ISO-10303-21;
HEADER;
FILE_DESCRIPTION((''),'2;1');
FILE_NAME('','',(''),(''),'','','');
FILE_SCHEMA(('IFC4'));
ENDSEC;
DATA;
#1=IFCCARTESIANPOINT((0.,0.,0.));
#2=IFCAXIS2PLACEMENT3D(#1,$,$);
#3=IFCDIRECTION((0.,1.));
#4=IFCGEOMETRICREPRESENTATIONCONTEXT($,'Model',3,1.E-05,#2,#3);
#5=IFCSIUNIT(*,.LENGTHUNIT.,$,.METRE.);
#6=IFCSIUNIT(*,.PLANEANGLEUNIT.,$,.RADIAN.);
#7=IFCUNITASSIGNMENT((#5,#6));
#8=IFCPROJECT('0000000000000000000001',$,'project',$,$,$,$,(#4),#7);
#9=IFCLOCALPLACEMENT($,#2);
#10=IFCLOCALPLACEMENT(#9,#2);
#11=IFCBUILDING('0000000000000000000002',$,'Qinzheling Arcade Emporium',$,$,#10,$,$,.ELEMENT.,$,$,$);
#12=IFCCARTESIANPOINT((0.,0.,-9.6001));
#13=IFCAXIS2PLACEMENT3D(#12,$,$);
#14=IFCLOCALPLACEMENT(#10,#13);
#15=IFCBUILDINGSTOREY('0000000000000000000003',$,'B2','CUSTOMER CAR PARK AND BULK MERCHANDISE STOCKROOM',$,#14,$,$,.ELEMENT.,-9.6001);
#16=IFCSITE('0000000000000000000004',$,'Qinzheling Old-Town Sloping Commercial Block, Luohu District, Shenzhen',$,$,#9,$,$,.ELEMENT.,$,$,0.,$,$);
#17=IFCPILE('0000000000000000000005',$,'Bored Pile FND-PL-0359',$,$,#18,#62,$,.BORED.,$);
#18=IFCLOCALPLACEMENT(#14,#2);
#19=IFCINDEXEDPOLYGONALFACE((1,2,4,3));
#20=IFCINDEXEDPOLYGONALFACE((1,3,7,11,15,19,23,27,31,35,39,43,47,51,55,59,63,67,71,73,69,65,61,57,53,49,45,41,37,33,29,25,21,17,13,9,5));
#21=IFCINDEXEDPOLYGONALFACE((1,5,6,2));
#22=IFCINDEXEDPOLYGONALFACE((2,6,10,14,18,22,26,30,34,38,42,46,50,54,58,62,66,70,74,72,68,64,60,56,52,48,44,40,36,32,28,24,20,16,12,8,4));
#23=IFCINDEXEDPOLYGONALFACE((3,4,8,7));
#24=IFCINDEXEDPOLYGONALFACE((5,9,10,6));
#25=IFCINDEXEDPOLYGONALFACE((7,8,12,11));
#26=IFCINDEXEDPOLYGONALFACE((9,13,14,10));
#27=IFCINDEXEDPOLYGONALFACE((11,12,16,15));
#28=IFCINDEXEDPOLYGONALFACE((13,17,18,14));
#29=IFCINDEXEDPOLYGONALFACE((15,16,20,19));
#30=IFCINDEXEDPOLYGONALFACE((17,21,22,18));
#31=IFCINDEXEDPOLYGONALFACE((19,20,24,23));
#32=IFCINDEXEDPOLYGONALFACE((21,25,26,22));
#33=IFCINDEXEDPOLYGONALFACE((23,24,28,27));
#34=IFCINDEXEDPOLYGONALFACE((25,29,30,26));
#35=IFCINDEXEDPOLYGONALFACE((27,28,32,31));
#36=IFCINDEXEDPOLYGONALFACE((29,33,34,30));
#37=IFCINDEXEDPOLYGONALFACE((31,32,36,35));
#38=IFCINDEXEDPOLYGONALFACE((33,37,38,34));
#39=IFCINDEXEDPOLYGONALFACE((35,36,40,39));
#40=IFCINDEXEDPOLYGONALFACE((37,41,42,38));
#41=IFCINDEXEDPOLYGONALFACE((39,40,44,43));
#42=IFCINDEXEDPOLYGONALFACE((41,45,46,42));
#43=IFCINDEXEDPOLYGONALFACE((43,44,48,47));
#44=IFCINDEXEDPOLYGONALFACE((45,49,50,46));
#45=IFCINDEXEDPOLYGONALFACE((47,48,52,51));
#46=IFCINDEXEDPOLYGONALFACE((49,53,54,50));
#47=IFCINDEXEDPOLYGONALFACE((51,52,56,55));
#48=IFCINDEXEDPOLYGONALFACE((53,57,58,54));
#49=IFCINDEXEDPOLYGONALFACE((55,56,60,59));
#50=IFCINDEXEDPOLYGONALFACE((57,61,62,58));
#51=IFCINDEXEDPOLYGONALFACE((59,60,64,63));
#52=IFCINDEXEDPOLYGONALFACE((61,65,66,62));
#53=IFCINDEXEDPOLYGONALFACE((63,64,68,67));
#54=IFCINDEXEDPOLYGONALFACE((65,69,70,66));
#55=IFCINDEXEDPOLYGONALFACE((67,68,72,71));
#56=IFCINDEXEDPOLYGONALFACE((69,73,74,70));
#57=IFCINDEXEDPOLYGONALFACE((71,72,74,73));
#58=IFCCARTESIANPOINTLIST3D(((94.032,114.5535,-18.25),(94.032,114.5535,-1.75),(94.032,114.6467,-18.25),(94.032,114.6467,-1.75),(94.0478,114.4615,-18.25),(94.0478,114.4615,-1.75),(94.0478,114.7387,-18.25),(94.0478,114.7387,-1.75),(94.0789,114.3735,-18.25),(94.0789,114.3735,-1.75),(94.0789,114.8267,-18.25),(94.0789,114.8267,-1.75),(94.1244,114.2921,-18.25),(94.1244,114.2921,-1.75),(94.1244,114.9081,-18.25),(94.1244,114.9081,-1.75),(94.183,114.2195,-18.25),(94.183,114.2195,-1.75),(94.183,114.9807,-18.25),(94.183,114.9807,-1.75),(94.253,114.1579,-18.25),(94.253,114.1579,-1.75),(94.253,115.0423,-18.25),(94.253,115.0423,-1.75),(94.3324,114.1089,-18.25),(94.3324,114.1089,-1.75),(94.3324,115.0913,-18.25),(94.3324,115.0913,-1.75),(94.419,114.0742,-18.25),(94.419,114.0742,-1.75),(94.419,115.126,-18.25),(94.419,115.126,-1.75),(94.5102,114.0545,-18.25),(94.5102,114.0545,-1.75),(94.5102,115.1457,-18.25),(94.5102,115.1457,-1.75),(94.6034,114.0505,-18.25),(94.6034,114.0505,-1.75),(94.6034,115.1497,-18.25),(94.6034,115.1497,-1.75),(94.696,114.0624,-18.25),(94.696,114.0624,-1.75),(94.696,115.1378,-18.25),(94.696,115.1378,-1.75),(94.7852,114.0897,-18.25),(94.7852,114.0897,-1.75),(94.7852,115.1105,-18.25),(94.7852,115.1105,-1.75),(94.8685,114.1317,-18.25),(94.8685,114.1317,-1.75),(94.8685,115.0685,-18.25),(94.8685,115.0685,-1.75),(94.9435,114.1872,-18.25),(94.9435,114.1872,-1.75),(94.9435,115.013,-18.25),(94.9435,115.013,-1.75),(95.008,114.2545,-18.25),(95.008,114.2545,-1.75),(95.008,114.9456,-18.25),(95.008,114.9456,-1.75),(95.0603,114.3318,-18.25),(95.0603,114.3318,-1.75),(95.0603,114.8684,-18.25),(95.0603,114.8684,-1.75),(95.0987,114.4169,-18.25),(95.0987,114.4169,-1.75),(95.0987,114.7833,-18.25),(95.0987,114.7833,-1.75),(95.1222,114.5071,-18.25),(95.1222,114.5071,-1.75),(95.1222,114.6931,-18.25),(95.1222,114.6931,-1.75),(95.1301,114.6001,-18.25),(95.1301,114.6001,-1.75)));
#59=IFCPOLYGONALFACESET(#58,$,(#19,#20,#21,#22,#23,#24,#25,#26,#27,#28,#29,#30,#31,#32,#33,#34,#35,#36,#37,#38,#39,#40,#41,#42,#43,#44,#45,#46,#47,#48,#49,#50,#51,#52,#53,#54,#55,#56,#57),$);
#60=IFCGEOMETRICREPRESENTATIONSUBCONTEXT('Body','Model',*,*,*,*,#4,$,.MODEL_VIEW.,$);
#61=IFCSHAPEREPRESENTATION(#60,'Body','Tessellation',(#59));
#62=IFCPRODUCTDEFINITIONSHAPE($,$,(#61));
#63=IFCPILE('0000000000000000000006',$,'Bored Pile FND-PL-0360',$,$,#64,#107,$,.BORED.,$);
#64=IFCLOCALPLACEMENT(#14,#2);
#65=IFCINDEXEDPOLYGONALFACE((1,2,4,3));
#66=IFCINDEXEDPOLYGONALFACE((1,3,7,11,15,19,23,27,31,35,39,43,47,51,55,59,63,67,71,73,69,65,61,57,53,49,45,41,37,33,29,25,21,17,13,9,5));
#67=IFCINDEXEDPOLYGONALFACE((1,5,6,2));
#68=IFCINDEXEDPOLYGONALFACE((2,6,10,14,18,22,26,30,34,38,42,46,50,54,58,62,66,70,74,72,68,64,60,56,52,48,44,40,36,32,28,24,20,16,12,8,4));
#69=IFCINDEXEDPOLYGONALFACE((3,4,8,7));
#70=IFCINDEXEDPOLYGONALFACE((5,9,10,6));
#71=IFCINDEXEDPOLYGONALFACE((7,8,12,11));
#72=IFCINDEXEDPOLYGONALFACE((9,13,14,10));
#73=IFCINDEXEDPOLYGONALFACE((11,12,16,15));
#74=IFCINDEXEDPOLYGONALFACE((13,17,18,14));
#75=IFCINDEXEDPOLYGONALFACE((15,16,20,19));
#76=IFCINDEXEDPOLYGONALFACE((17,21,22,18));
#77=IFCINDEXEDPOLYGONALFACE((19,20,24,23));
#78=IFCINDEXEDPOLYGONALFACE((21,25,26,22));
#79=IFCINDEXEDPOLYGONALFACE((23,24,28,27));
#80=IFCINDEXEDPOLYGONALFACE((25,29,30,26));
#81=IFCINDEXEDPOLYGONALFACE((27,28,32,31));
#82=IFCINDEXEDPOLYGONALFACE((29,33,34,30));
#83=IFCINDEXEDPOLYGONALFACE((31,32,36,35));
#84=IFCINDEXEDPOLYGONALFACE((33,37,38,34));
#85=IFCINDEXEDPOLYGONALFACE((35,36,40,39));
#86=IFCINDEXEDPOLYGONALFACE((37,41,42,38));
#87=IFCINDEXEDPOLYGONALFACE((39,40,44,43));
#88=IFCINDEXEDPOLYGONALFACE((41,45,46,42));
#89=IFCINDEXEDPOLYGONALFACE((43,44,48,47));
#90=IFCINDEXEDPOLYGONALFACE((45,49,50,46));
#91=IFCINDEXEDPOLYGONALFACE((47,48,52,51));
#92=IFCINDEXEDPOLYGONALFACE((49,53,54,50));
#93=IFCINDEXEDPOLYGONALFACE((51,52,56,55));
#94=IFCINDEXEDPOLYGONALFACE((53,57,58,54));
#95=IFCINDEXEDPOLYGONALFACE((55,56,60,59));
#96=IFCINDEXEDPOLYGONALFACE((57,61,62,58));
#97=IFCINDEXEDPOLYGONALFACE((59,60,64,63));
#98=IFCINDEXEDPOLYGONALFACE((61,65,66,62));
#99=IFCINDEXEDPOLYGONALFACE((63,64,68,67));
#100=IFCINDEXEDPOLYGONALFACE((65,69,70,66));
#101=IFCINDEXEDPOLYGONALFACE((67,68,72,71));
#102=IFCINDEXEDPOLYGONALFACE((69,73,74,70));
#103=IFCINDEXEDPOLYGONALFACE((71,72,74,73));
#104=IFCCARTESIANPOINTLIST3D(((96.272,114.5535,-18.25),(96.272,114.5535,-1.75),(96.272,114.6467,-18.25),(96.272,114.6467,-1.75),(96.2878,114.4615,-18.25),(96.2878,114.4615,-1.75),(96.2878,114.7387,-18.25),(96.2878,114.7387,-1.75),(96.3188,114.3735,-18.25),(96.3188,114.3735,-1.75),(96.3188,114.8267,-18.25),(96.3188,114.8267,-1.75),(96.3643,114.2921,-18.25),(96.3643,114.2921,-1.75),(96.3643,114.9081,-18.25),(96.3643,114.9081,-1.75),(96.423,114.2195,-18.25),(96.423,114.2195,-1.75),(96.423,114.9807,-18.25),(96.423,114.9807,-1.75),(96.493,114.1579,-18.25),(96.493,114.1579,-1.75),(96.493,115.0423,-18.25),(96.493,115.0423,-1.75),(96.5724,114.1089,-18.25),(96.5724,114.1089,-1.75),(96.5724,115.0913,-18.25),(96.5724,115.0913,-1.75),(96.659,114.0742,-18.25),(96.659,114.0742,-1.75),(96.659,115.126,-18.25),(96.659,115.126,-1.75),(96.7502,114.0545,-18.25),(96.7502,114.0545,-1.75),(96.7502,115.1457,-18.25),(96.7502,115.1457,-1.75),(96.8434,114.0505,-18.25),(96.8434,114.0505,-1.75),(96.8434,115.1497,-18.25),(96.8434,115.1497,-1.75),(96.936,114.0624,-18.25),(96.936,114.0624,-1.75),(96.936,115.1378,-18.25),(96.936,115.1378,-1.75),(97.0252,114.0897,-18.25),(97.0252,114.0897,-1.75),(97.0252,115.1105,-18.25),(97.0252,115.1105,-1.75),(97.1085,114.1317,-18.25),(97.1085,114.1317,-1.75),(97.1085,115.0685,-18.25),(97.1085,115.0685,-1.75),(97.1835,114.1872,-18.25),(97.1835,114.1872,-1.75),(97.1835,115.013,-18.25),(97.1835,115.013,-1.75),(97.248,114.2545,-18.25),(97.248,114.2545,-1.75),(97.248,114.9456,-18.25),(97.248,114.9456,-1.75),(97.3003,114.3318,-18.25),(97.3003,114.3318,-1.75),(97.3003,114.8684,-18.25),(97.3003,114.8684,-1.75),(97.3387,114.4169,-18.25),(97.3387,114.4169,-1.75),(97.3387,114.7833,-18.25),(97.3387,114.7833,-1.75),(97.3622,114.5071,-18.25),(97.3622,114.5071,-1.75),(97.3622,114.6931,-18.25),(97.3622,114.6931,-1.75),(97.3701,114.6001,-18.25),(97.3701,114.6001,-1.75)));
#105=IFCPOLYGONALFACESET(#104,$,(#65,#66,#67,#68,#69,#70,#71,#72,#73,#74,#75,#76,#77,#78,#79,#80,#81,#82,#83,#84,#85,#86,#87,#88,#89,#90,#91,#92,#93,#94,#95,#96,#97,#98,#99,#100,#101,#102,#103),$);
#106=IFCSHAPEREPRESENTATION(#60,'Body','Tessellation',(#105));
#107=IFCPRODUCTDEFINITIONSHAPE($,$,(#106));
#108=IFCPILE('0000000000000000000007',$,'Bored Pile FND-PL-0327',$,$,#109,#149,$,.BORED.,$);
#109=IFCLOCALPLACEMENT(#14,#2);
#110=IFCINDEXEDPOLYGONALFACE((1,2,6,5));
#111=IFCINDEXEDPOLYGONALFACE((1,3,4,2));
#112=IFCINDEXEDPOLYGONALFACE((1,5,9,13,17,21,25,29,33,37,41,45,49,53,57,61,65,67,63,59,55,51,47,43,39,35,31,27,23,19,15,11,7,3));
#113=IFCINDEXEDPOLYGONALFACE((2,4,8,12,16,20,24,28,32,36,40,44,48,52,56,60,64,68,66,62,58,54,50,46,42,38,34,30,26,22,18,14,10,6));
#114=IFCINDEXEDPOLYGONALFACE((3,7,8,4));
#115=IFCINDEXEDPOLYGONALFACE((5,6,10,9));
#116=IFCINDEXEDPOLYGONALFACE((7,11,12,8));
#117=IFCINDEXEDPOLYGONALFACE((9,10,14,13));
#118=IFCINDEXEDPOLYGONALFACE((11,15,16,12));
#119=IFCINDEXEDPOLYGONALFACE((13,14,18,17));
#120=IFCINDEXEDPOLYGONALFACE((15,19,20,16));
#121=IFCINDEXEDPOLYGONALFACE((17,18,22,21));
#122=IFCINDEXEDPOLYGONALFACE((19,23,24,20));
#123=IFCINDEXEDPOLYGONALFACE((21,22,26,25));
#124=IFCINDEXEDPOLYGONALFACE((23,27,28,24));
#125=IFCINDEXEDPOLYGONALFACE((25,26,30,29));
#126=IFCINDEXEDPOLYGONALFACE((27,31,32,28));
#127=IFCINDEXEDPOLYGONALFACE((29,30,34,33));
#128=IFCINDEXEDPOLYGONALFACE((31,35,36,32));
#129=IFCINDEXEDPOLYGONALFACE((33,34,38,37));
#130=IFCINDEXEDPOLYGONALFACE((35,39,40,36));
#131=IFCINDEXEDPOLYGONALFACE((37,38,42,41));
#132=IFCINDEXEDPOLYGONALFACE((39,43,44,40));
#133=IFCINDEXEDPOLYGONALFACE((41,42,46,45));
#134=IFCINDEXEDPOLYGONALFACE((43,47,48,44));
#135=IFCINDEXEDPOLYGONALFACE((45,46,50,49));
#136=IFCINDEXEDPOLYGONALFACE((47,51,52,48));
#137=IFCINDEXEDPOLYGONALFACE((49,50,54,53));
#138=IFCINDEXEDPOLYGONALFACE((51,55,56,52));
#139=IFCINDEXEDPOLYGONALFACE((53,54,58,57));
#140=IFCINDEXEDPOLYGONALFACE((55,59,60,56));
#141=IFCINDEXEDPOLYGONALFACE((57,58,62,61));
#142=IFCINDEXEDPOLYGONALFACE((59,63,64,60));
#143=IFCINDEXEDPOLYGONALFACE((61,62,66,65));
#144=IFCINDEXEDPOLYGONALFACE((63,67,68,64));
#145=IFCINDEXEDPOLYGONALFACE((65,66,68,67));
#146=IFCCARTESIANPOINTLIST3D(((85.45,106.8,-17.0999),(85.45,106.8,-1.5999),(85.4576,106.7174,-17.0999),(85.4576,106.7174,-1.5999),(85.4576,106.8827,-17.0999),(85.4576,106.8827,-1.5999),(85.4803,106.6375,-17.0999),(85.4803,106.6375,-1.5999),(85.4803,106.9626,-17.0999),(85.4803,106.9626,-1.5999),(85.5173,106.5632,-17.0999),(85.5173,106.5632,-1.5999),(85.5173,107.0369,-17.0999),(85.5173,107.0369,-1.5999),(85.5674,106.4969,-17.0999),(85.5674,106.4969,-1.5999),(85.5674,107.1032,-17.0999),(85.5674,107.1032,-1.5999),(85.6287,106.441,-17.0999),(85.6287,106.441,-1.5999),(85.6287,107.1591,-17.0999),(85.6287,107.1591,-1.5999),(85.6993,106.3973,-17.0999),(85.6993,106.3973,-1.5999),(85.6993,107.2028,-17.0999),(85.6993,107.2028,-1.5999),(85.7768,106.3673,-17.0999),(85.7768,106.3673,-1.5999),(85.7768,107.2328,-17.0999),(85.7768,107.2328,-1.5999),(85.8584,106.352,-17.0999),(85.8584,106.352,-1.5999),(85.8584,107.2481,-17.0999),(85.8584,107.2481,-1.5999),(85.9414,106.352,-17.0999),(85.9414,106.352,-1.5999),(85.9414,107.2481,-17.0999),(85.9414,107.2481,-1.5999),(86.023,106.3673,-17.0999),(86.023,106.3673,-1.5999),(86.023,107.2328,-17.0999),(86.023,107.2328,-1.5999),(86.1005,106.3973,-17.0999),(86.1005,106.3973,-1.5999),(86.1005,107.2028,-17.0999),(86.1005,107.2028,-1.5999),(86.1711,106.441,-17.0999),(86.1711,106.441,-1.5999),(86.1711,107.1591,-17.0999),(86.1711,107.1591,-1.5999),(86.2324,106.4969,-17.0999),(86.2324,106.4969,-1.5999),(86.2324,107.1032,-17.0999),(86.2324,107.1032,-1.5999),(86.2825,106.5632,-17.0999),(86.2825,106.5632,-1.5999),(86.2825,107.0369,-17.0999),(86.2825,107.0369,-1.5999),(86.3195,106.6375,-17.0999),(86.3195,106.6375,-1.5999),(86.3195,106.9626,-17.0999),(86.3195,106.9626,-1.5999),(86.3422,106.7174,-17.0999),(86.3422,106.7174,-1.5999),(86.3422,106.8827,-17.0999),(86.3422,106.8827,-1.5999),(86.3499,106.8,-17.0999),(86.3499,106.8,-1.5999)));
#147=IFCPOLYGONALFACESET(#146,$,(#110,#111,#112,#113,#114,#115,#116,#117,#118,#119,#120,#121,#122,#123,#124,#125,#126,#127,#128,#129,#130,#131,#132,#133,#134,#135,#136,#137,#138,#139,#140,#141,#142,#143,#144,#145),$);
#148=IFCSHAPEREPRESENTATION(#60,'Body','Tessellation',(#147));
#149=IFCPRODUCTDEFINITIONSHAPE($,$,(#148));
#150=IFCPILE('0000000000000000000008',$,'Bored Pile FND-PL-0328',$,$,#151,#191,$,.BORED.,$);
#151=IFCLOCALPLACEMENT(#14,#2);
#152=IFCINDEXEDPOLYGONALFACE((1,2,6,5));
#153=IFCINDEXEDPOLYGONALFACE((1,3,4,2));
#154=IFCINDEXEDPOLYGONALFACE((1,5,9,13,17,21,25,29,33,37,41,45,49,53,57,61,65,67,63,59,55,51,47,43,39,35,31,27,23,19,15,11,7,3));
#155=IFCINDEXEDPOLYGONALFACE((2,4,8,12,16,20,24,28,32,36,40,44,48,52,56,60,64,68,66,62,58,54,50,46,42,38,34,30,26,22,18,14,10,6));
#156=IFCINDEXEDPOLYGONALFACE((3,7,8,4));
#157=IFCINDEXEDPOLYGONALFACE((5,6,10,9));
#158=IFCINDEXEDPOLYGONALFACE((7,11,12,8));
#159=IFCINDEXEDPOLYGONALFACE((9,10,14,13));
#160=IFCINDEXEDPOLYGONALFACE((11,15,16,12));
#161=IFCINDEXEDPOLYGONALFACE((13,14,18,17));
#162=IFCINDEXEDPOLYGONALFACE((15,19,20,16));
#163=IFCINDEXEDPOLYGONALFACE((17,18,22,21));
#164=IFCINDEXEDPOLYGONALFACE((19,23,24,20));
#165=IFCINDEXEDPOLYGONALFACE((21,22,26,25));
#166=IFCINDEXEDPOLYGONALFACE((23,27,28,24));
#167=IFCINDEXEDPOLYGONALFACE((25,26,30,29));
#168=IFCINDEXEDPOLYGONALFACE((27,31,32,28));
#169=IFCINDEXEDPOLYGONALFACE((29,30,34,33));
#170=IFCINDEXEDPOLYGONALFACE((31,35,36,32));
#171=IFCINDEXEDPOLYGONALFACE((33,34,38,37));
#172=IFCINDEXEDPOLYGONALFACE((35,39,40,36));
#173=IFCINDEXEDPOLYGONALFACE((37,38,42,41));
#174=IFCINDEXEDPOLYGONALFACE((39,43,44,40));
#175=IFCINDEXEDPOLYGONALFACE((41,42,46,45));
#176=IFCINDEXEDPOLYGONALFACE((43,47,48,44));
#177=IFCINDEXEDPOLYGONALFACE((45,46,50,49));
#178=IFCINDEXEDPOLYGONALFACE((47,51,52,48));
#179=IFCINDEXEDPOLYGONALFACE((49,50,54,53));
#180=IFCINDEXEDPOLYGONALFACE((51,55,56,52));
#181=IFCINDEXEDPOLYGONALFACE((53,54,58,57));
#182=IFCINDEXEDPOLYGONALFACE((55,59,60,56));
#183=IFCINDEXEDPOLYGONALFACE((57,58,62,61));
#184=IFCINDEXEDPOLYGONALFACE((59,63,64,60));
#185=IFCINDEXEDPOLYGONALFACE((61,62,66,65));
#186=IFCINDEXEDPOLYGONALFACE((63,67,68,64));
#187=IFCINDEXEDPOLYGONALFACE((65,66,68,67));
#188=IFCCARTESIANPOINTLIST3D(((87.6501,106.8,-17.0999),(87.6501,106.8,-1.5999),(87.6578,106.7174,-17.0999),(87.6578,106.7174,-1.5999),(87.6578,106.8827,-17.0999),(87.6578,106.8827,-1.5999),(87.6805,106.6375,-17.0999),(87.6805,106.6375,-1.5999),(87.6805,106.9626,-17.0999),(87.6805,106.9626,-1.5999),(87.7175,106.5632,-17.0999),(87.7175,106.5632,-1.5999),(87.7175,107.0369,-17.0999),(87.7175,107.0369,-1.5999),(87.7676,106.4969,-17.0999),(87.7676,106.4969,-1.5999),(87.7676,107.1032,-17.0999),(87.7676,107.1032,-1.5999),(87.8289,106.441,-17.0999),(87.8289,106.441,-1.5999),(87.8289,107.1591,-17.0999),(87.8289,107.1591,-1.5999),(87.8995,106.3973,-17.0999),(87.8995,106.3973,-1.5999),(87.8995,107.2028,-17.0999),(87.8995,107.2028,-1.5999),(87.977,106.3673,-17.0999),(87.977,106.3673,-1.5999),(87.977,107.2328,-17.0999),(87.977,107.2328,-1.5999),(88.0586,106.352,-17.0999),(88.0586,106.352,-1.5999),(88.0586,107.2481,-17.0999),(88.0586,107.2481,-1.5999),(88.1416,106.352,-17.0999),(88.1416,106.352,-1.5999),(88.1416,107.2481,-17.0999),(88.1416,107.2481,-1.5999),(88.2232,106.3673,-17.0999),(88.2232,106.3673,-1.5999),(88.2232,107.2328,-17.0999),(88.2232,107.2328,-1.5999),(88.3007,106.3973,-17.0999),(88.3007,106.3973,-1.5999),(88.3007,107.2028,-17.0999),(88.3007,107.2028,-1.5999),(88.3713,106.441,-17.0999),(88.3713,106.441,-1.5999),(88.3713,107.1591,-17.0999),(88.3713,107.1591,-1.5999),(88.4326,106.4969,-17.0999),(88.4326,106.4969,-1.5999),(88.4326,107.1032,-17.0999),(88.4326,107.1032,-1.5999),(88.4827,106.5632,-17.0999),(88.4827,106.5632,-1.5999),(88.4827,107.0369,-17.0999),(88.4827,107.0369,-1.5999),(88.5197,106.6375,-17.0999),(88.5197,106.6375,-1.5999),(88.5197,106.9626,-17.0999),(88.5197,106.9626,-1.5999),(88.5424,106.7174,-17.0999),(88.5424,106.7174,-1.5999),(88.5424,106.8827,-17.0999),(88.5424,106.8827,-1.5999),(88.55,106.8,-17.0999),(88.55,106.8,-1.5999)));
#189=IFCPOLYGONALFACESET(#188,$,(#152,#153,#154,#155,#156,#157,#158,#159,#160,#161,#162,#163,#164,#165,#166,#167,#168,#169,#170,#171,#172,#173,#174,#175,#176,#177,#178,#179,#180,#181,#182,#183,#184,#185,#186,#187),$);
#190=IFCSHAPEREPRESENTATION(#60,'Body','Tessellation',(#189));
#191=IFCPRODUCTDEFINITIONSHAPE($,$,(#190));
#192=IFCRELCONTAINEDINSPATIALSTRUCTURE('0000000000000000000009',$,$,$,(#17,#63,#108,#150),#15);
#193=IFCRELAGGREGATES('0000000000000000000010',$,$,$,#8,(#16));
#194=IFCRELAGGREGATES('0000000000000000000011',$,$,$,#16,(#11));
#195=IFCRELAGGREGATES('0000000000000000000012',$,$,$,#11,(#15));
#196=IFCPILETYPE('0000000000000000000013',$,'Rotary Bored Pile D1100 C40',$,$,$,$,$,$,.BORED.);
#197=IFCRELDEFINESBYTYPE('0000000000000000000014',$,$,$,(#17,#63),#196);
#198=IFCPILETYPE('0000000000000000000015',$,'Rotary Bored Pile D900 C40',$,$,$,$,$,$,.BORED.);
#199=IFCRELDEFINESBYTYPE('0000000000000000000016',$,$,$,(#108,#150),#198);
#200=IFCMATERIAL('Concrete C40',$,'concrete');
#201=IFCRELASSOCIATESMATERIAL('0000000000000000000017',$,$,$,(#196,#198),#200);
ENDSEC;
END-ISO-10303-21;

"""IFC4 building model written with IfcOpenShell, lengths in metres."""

from ifc_helpers import new_model, si_unit, direction, frame, origin, origin_2d, place, context, subcontext, project, spatial, circle, extrude, material, material_profile, profile_set, type_object, element, save


model = new_model("IFC4")

# Units and contexts
model_context = context("Model", 3, precision=1e-05, world=origin(), true_north=direction((0.0, 1.0)))
body_context = subcontext(model_context, "Body", "Model", "MODEL_VIEW")
ifc_project = project(units=[si_unit("LENGTHUNIT", "METRE"), si_unit("PLANEANGLEUNIT", "RADIAN")], contexts=[model_context])

# Site, building, storey
site_placement = place(None, origin())
site = spatial("IfcSite", under=ifc_project, at=site_placement, Name="Qinzheling Old-Town Sloping Commercial Block, Luohu District, Shenzhen", CompositionType="ELEMENT", RefElevation=0.0)
building_placement = place(site_placement, origin())
building = spatial("IfcBuilding", under=site, at=building_placement, Name="Qinzheling Arcade Emporium", CompositionType="ELEMENT")
storey_placement = place(building_placement, frame((0.0, 0.0, -9.6001)))
storey = spatial("IfcBuildingStorey", under=building, at=storey_placement, Name="B2", Description="CUSTOMER CAR PARK AND BULK MERCHANDISE STOCKROOM", CompositionType="ELEMENT", Elevation=-9.6001)

# Shared definitions
ifc_material_1 = material(Name="Concrete C40", Category="concrete")

# Piles
ifc_material_profile_1 = material_profile(ifc_material_1, circle(Radius=0.55, at=origin_2d()), Name="BORED D1100", Category="concrete")
ifc_profile_set_1 = profile_set([ifc_material_profile_1], Name="Concrete C40")
pile_type_1 = type_object("IfcPileType", Name="Rotary Bored Pile D1100 C40", PredefinedType="BORED", material=ifc_profile_set_1)
for number, where, z_axis, x_axis, name in (
    (1, (94.5801, 114.6001, -1.75), (0.0, 0.0, -1.0), (1.0, 0.0, 0.0), "Bored Pile FND-PL-0359"),
    (2, (96.8201, 114.6001, -1.75), (0.0, 0.0, -1.0), (1.0, 0.0, 0.0), "Bored Pile FND-PL-0360"),
):
    element("IfcPile", number, at=place(storey_placement, frame(where, z_axis=z_axis, x_axis=x_axis)), inside=storey, type_object=pile_type_1, Name=name, PredefinedType="BORED", context=body_context, shape_type="SweptSolid", body=[
        extrude(circle(Radius=0.55, at=origin_2d()), origin(), (0.0, 0.0, 1.0), 16.5),
    ])
ifc_material_profile_2 = material_profile(ifc_material_1, circle(Radius=0.45, at=origin_2d()), Name="BORED D900", Category="concrete")
ifc_profile_set_2 = profile_set([ifc_material_profile_2], Name="Concrete C40")
pile_type_2 = type_object("IfcPileType", Name="Rotary Bored Pile D900 C40", PredefinedType="BORED", material=ifc_profile_set_2)
for number, where, z_axis, x_axis, name in (
    (3, (85.8999, 106.8, -1.5999), (0.0, 0.0, -1.0), (1.0, 0.0, 0.0), "Bored Pile FND-PL-0327"),
    (4, (88.1001, 106.8, -1.5999), (0.0, 0.0, -1.0), (1.0, 0.0, 0.0), "Bored Pile FND-PL-0328"),
):
    element("IfcPile", number, at=place(storey_placement, frame(where, z_axis=z_axis, x_axis=x_axis)), inside=storey, type_object=pile_type_2, Name=name, PredefinedType="BORED", context=body_context, shape_type="SweptSolid", body=[
        extrude(circle(Radius=0.45, at=origin_2d()), origin(), (0.0, 0.0, 1.0), 15.5),
    ])

save(model, "model.ifc")
